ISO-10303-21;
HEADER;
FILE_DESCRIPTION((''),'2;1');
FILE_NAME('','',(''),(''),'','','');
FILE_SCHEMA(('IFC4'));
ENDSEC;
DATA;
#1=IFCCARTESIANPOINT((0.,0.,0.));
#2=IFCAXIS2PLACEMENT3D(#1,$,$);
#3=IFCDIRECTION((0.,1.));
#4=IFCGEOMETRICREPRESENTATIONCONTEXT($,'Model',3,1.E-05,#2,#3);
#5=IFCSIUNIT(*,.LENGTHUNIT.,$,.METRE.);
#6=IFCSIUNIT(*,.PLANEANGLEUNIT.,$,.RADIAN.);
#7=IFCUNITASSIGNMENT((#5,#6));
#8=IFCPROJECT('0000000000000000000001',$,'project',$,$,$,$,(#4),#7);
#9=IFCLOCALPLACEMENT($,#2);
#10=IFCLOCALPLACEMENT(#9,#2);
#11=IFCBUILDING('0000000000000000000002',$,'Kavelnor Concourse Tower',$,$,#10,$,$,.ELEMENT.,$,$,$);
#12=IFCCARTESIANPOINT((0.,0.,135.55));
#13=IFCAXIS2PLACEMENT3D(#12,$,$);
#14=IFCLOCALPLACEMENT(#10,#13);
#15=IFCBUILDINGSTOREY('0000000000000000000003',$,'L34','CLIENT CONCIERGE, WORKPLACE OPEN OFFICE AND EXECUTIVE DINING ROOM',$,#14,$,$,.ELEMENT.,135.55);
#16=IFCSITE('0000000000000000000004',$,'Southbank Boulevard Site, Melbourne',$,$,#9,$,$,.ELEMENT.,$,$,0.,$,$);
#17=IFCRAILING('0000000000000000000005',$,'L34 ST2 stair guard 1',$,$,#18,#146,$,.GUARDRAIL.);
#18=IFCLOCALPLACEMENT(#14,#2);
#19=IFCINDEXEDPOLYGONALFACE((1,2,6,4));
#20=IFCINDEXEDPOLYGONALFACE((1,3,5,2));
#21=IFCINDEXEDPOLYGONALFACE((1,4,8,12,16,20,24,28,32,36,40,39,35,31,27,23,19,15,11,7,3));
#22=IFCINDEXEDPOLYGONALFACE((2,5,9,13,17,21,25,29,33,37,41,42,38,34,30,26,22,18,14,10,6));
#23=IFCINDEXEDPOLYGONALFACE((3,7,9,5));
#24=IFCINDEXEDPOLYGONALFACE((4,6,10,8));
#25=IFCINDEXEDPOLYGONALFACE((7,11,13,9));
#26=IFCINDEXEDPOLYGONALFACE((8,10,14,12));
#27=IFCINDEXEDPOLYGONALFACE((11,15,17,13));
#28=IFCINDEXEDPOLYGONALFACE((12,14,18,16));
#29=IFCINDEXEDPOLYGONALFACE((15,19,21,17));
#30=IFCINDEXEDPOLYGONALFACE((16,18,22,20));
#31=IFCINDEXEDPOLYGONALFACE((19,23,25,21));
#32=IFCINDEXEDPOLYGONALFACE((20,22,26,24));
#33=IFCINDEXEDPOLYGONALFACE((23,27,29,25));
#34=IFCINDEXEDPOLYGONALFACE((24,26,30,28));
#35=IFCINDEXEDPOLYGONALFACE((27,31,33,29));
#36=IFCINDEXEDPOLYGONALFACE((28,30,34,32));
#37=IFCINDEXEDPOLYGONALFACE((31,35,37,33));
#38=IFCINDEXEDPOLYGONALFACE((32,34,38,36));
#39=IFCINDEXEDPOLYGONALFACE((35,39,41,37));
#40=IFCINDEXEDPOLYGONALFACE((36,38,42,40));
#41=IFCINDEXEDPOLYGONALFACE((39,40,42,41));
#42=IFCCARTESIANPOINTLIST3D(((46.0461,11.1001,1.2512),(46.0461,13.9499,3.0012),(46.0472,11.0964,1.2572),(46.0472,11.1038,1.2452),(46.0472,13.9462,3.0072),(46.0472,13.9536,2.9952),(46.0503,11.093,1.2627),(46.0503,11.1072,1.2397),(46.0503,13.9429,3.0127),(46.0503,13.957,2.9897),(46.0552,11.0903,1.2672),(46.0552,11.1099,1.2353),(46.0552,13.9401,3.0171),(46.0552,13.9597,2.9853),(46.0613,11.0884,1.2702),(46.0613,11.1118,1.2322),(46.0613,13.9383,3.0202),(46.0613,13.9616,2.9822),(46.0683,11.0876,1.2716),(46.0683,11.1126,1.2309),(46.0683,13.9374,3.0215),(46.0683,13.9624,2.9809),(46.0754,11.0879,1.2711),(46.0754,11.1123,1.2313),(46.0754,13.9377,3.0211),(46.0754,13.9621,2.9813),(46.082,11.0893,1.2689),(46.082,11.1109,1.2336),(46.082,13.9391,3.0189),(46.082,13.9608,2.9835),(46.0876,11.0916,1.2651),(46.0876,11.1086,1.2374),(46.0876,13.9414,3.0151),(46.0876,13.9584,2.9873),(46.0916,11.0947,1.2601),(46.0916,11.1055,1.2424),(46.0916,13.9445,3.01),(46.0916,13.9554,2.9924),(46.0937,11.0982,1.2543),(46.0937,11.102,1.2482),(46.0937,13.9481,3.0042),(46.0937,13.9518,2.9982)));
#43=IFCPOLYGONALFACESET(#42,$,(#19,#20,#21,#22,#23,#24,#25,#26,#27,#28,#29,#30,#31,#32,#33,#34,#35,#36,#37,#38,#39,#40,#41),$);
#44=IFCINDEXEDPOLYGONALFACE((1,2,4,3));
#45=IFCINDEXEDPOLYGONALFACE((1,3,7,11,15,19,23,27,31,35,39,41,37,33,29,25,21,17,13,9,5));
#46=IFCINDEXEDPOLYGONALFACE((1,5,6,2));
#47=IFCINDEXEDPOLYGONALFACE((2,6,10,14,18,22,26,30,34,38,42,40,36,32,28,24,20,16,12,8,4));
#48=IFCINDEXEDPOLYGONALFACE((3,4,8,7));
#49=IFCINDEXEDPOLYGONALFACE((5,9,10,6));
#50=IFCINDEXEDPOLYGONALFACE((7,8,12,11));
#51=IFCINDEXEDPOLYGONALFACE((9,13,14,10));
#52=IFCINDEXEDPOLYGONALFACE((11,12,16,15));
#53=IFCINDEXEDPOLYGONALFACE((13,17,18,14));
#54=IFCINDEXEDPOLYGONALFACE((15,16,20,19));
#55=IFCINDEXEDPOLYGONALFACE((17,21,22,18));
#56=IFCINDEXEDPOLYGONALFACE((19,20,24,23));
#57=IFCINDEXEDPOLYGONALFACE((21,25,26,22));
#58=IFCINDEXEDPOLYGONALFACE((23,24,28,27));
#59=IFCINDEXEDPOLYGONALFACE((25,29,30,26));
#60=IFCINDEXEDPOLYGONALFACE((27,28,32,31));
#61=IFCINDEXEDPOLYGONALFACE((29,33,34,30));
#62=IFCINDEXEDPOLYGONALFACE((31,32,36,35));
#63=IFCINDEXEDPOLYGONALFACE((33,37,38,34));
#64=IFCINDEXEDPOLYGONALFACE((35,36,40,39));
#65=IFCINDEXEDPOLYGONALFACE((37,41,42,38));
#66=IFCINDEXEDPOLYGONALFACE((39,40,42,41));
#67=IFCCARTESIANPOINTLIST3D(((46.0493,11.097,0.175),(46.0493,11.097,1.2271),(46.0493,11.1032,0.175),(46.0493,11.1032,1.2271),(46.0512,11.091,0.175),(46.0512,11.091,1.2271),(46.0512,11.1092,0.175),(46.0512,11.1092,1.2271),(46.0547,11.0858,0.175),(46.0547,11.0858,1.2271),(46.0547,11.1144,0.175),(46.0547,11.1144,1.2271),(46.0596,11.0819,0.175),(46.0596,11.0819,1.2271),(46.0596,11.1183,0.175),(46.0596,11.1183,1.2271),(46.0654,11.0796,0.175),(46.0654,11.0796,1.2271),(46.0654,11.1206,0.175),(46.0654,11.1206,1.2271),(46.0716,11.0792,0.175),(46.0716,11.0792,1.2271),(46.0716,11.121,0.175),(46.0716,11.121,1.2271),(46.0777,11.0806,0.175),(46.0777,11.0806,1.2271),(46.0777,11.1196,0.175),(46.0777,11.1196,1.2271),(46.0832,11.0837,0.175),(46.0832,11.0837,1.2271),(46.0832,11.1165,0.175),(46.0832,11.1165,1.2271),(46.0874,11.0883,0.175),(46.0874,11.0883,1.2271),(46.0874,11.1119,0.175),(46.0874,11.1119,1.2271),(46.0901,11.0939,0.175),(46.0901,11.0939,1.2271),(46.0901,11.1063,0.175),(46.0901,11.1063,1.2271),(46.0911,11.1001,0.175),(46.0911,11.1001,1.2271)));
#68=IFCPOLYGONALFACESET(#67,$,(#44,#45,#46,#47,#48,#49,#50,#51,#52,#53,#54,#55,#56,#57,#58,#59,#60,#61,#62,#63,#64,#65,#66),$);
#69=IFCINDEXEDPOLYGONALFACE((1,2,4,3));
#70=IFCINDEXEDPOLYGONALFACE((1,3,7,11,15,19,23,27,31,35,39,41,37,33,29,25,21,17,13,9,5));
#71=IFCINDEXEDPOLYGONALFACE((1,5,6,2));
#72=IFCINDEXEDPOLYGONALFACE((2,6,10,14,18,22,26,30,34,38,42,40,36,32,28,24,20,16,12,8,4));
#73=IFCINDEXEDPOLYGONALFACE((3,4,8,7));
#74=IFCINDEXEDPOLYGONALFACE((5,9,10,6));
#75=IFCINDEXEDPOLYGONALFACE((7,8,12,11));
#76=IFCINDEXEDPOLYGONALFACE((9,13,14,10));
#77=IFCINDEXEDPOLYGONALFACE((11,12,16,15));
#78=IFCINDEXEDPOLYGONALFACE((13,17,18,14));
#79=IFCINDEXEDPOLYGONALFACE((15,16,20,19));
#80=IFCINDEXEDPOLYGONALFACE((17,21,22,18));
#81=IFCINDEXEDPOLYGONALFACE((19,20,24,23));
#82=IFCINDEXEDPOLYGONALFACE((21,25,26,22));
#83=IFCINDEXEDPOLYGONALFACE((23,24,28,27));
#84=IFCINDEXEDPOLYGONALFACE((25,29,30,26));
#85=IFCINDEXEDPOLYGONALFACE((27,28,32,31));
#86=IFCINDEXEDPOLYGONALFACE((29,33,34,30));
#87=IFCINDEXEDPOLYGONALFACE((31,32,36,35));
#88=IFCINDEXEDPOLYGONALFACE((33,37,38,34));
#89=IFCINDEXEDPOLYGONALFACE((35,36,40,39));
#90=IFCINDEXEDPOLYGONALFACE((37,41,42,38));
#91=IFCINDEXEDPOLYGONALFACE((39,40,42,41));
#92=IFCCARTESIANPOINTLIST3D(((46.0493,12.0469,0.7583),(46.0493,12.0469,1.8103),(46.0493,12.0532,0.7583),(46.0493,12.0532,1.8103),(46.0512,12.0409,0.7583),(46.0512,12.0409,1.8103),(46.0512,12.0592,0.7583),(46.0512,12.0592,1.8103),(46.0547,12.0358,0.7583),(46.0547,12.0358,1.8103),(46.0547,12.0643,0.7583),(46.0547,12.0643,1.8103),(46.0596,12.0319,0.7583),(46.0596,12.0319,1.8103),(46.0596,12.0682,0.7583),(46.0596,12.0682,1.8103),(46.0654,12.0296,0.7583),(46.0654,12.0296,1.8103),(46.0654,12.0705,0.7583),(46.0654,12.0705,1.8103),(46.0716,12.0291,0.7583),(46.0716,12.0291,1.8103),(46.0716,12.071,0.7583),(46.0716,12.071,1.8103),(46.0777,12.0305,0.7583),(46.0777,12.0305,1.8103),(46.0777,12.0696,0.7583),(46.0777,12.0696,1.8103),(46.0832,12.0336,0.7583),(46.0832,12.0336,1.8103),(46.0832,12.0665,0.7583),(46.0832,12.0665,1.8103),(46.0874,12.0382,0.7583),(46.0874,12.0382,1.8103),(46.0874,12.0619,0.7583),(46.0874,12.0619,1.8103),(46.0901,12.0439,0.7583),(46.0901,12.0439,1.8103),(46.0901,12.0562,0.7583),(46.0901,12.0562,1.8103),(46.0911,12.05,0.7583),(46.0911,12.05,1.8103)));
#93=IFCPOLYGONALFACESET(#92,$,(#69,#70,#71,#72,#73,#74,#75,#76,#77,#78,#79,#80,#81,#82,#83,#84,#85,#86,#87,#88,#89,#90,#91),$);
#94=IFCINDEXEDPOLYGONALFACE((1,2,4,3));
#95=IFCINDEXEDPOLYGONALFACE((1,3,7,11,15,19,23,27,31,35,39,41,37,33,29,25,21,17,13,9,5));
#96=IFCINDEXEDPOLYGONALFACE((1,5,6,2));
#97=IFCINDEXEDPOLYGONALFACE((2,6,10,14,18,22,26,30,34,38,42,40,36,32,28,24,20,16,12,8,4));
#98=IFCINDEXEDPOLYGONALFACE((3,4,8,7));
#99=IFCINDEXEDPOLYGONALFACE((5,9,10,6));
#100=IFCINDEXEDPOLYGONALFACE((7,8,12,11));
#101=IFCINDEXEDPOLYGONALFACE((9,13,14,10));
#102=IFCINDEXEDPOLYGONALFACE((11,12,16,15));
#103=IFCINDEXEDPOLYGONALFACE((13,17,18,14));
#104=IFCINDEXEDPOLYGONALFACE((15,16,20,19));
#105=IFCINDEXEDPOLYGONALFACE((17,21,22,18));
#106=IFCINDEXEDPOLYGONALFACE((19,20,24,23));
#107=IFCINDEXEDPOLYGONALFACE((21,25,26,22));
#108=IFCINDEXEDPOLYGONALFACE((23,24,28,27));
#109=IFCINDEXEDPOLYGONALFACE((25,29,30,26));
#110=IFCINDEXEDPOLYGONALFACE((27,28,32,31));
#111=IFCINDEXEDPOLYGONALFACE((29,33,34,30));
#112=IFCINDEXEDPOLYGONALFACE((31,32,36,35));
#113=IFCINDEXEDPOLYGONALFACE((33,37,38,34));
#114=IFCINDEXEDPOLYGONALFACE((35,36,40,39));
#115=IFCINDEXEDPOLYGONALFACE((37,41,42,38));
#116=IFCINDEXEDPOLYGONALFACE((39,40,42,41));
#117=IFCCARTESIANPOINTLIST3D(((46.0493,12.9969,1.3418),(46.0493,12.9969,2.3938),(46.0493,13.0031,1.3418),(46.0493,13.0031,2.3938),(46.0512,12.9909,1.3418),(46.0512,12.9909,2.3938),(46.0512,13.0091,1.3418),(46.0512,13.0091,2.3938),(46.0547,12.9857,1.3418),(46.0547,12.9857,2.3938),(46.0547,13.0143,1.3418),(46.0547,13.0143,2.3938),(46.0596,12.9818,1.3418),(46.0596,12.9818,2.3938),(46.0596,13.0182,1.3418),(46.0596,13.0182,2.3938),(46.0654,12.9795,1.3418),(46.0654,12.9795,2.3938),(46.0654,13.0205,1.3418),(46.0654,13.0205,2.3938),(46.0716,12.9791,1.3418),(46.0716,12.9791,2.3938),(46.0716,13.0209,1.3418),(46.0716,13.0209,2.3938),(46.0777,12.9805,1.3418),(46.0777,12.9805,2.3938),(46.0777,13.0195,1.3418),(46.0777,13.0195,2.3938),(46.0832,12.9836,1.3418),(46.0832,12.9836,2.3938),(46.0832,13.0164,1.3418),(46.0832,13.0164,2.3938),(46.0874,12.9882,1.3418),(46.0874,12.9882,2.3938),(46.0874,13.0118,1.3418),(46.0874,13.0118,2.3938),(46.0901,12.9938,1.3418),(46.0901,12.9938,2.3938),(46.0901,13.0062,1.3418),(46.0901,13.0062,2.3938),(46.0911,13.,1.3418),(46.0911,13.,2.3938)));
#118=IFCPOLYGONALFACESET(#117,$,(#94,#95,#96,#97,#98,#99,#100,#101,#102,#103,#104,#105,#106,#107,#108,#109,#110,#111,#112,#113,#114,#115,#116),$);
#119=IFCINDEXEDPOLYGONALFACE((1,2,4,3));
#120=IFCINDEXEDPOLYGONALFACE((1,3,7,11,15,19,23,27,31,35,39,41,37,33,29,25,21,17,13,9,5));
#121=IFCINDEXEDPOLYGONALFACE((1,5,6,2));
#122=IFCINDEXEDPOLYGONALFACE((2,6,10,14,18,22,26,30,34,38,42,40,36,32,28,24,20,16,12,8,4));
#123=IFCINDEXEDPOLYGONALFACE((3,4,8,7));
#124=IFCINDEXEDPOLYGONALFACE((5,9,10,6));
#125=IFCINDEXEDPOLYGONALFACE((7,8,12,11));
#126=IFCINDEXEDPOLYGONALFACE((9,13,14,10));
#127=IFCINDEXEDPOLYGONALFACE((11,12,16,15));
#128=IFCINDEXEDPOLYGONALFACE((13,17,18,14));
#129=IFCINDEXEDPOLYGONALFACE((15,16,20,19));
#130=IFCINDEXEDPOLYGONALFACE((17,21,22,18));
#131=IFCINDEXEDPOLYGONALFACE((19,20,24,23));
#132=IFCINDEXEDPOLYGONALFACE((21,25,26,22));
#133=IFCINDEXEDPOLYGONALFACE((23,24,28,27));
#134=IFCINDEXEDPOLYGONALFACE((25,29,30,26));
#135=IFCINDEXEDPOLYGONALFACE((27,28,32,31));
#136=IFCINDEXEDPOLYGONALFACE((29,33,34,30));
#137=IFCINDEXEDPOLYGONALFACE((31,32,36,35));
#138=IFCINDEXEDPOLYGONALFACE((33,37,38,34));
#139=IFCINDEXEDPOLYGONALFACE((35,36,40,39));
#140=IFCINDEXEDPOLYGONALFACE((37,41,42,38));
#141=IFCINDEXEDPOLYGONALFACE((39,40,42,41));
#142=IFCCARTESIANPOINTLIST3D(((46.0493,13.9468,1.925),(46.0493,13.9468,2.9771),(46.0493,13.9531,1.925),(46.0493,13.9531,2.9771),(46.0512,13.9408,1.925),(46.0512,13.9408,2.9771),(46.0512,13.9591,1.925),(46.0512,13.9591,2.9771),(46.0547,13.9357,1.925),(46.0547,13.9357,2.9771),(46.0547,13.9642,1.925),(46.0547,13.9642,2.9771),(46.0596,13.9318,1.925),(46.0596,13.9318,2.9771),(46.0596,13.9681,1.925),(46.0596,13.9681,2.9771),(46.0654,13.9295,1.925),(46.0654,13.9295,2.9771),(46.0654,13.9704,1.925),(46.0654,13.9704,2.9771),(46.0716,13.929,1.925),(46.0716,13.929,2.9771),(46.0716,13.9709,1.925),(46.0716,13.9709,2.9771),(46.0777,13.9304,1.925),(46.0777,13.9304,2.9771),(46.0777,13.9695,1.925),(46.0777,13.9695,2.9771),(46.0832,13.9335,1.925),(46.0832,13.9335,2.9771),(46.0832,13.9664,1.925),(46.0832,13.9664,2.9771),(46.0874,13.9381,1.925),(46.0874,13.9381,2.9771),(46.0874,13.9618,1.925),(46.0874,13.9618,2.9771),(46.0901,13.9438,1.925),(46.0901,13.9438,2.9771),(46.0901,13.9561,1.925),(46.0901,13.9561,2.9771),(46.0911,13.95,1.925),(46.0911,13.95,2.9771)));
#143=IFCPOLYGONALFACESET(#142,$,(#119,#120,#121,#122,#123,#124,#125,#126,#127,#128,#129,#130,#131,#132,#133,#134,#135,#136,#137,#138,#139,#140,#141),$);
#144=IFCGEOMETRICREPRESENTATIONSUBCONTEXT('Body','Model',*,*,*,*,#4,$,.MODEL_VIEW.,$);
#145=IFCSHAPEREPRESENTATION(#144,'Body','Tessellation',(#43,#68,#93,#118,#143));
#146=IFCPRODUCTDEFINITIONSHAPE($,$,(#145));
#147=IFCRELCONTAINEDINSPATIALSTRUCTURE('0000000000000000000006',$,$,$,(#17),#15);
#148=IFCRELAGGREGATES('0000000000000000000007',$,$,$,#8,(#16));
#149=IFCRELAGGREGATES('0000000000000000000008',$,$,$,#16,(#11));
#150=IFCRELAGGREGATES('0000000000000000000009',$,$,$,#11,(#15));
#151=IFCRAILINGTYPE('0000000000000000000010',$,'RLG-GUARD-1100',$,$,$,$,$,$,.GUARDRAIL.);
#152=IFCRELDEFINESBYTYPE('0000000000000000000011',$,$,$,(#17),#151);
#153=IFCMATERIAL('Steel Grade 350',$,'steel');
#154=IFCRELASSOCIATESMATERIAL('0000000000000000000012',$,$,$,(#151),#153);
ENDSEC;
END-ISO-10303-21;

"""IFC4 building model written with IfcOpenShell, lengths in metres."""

from ifc_helpers import new_model, si_unit, direction, frame, origin, origin_2d, place, context, subcontext, project, spatial, circle, extrude, material, type_object, element, save


model = new_model("IFC4")

# Units and contexts
model_context = context("Model", 3, precision=1e-05, world=origin(), true_north=direction((0.0, 1.0)))
body_context = subcontext(model_context, "Body", "Model", "MODEL_VIEW")
ifc_project = project(units=[si_unit("LENGTHUNIT", "METRE"), si_unit("PLANEANGLEUNIT", "RADIAN")], contexts=[model_context])

# Site, building, storey
site_placement = place(None, origin())
site = spatial("IfcSite", under=ifc_project, at=site_placement, Name="Southbank Boulevard Site, Melbourne", CompositionType="ELEMENT", RefElevation=0.0)
building_placement = place(site_placement, origin())
building = spatial("IfcBuilding", under=site, at=building_placement, Name="Kavelnor Concourse Tower", CompositionType="ELEMENT")
storey_placement = place(building_placement, frame((0.0, 0.0, 135.55)))
storey = spatial("IfcBuildingStorey", under=building, at=storey_placement, Name="L34", Description="CLIENT CONCIERGE, WORKPLACE OPEN OFFICE AND EXECUTIVE DINING ROOM", CompositionType="ELEMENT", Elevation=135.55)

# Shared definitions
ifc_material_1 = material(Name="Steel Grade 350", Category="steel")

# Railing
railing_type_1 = type_object("IfcRailingType", Name="RLG-GUARD-1100", PredefinedType="GUARDRAIL", material=ifc_material_1)
railing_1_placement = place(storey_placement, frame((46.0701, 11.1001, 0.175)))
element("IfcRailing", 1, at=railing_1_placement, inside=storey, type_object=railing_type_1, Name="L34 ST2 stair guard 1", PredefinedType="GUARDRAIL", context=body_context, shape_type="SweptSolid", body=[
    extrude(circle(Radius=0.0239, at=origin_2d()), frame((0.0, 0.0, 1.0762), z_axis=(0.0, 0.852159, 0.523283), x_axis=(-1.0, 0.0, 0.0)), (0.0, 0.0, 1.0), 3.3442),
    extrude(circle(Radius=0.021, at=origin_2d()), origin(), (0.0, 0.0, 1.0), 1.052),
    extrude(circle(Radius=0.021, at=origin_2d()), frame((0.0, 0.95, 0.5833)), (0.0, 0.0, 1.0), 1.052),
    extrude(circle(Radius=0.021, at=origin_2d()), frame((0.0, 1.8999, 1.1667)), (0.0, 0.0, 1.0), 1.052),
    extrude(circle(Radius=0.021, at=origin_2d()), frame((0.0, 2.8499, 1.75)), (0.0, 0.0, 1.0), 1.052),
])

save(model, "model.ifc")
